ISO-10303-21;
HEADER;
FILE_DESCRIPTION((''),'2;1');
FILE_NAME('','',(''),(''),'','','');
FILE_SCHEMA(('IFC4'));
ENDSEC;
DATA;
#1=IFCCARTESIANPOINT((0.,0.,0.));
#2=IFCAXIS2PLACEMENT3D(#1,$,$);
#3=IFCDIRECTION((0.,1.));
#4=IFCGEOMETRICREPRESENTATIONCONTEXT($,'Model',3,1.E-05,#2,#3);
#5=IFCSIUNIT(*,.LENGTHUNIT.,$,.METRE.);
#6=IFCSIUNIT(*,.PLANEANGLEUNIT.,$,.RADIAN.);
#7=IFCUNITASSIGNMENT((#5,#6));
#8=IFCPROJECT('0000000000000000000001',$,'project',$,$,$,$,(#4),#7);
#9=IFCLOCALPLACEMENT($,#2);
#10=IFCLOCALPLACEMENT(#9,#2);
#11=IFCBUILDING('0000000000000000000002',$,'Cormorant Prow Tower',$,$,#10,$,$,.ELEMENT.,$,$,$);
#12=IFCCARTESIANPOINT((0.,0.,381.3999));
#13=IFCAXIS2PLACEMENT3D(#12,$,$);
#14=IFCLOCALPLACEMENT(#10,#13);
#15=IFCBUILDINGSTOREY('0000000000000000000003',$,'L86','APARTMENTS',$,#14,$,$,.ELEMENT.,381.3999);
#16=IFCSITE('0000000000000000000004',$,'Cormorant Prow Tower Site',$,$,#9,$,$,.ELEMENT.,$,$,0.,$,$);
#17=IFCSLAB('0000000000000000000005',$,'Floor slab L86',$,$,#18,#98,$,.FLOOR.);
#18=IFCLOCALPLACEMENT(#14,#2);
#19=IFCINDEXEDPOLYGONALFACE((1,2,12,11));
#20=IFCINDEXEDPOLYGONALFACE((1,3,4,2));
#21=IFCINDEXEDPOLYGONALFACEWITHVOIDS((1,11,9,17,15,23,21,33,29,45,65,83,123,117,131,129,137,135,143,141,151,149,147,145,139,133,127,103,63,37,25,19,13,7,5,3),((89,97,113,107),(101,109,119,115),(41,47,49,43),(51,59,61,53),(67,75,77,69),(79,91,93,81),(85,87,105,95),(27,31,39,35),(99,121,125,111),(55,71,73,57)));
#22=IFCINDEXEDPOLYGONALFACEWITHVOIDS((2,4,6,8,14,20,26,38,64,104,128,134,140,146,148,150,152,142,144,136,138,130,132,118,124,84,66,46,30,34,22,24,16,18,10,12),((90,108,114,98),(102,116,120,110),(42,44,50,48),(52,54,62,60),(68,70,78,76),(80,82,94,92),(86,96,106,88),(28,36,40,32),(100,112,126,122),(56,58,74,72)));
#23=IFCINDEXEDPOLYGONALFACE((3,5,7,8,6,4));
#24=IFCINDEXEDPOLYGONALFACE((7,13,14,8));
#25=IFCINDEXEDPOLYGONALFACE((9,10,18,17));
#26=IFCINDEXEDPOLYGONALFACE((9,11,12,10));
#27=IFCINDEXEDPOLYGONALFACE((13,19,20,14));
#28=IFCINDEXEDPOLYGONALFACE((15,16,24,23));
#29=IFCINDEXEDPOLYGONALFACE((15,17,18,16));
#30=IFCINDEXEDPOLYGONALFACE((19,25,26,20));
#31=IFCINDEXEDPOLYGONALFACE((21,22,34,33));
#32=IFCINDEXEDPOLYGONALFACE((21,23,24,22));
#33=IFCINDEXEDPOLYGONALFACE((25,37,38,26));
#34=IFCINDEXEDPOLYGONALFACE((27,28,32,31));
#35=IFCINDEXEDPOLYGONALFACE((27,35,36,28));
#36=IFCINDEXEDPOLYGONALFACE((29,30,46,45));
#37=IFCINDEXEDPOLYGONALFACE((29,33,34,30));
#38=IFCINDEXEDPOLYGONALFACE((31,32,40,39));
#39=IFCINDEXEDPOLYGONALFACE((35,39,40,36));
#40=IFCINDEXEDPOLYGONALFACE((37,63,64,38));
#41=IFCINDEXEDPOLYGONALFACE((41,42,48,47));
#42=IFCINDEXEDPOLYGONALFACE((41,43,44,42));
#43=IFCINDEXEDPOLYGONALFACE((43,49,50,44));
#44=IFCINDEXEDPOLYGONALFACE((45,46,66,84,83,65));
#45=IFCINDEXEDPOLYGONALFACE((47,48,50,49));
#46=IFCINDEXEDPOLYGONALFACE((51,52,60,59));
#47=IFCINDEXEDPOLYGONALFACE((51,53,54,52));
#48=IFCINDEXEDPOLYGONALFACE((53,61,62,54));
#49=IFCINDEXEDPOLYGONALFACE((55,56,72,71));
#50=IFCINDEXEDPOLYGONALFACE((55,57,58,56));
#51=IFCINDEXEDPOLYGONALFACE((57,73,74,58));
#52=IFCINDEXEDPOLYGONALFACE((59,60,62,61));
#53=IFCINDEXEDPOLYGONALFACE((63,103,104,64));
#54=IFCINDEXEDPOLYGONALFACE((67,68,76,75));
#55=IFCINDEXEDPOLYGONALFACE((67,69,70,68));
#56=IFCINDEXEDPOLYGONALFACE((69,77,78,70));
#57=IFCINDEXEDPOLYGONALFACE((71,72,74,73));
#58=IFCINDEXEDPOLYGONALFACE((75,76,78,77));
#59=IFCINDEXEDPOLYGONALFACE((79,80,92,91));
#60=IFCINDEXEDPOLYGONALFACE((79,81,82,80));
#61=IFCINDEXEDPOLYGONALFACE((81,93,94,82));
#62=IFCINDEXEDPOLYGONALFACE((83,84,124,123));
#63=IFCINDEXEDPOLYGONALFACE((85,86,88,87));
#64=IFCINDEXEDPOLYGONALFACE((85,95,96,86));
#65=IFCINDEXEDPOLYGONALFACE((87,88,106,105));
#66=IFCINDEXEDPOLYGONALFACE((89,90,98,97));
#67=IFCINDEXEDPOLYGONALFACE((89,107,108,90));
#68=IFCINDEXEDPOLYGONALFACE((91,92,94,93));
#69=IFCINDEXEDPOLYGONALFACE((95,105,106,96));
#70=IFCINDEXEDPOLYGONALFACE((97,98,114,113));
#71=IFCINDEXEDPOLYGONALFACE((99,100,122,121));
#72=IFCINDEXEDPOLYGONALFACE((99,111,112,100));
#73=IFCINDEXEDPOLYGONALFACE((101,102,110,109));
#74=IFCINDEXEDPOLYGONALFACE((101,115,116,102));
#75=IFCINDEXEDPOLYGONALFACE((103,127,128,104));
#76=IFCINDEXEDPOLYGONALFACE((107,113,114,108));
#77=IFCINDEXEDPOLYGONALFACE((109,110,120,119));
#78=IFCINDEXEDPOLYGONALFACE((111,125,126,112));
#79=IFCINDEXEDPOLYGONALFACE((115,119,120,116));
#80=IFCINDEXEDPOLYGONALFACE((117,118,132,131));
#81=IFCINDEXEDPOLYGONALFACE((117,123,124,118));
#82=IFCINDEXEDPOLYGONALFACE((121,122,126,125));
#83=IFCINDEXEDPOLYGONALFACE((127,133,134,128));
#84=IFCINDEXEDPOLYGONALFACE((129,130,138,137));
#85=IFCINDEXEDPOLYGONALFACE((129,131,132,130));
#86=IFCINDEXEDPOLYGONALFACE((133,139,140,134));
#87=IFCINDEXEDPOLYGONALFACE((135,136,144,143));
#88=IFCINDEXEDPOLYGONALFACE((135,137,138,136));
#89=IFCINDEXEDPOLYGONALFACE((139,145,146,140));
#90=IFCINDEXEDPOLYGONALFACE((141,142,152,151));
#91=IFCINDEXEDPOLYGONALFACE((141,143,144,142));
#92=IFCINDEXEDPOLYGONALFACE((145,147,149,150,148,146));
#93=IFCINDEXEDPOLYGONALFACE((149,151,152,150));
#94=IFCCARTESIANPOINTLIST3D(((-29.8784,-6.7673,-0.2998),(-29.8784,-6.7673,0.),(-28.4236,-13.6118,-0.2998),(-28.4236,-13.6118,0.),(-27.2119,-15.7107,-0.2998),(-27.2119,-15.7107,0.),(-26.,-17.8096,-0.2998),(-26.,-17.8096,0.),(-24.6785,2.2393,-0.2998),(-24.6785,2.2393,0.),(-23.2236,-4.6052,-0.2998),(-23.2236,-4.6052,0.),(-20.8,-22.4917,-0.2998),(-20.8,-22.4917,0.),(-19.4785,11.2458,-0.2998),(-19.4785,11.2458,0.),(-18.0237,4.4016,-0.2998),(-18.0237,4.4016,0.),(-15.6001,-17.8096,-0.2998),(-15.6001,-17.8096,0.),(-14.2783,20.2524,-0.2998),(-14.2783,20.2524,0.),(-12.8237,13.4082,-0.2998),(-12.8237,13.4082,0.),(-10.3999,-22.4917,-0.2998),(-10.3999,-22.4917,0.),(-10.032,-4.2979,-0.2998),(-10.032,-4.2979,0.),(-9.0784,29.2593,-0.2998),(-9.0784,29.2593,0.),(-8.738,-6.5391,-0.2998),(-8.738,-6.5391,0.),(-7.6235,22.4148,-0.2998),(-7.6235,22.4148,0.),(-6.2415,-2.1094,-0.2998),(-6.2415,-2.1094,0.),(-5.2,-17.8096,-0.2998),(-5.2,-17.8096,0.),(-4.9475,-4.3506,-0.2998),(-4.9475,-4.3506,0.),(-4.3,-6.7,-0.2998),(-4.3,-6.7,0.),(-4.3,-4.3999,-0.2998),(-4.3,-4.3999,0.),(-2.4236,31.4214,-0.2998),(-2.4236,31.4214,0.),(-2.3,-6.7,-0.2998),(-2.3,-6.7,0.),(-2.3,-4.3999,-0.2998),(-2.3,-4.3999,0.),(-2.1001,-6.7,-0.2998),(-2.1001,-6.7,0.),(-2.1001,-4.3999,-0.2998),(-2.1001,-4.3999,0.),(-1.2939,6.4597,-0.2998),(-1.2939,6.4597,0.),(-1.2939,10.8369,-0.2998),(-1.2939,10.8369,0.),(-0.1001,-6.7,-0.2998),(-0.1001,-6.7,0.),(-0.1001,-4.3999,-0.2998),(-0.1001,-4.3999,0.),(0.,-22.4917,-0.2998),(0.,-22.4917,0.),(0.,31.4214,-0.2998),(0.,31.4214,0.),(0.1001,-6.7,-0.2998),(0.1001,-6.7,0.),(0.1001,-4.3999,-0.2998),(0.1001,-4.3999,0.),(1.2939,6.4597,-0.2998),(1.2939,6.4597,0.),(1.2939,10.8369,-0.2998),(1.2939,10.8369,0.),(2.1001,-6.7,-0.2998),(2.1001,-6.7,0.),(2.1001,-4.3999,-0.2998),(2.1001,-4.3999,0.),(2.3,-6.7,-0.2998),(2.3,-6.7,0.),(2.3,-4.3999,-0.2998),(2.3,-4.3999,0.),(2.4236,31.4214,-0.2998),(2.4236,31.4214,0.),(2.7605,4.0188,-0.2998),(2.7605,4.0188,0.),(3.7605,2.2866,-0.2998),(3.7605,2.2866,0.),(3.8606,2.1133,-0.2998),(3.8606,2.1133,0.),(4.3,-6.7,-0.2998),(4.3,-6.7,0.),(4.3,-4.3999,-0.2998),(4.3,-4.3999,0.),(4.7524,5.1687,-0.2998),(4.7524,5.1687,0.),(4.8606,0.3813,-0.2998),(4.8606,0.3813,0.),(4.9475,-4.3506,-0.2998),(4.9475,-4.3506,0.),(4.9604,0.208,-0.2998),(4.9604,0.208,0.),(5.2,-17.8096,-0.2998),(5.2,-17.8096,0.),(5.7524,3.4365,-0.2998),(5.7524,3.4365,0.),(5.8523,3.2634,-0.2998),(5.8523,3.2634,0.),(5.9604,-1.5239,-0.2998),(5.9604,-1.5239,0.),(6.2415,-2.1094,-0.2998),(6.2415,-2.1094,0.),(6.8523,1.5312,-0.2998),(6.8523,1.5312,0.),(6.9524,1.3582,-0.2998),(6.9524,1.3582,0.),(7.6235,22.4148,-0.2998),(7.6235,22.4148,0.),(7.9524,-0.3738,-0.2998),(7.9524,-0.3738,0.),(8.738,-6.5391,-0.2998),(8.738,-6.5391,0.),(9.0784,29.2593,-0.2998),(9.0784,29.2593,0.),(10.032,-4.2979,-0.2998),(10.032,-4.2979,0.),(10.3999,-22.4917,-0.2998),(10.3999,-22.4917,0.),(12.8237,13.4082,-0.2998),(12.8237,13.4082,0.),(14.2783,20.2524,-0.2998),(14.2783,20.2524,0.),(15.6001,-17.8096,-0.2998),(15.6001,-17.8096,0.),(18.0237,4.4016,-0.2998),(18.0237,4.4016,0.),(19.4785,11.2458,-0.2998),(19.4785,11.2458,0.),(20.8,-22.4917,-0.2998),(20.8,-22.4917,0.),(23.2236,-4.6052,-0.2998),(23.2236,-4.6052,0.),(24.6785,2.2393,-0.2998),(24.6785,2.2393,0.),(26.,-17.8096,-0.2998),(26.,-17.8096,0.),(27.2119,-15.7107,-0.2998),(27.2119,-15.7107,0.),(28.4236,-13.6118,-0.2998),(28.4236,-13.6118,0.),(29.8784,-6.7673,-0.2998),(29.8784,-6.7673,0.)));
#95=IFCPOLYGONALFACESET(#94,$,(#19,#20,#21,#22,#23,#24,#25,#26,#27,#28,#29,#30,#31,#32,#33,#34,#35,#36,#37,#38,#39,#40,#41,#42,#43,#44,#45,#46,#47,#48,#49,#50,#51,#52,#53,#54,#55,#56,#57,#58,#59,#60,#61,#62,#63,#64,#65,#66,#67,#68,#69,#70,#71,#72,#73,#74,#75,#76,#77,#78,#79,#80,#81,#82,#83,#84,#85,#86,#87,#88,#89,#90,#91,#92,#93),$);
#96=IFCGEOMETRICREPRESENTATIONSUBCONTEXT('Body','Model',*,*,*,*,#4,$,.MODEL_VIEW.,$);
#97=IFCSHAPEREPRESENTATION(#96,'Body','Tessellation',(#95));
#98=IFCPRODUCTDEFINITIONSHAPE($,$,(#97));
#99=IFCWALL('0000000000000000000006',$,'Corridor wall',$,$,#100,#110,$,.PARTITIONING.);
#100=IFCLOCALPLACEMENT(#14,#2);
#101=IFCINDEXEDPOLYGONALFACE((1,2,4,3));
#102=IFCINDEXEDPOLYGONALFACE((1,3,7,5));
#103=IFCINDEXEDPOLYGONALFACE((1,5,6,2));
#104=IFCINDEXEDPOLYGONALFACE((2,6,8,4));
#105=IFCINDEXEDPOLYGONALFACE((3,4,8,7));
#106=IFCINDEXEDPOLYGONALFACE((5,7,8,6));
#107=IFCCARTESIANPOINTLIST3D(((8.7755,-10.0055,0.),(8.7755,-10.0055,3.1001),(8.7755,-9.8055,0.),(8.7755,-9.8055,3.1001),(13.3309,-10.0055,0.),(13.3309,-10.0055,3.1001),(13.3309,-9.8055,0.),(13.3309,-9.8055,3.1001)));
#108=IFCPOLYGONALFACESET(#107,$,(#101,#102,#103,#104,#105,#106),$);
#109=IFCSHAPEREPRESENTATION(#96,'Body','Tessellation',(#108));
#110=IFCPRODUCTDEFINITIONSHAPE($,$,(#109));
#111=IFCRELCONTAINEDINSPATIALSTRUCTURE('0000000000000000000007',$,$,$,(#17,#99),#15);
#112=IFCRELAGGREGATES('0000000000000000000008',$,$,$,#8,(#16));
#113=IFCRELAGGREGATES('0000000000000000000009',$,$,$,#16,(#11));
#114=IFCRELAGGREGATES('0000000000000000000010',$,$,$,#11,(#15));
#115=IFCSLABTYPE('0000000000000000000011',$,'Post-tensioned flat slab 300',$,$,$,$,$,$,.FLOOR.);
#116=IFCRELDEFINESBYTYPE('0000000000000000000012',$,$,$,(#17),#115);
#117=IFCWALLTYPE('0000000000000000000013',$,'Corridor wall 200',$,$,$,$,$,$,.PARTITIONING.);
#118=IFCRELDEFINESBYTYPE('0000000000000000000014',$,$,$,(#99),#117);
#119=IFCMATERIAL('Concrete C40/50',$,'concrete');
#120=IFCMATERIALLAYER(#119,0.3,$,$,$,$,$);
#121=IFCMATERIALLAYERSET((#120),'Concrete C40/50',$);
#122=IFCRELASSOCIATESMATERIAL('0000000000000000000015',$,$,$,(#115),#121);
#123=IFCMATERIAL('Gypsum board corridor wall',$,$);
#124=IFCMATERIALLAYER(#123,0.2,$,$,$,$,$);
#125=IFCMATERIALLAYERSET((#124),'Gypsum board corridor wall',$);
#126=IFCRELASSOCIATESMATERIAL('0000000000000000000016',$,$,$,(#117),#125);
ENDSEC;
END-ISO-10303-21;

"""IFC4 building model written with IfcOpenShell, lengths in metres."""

from ifc_helpers import new_model, si_unit, direction, frame, frame_2d, origin, place, context, subcontext, project, spatial, polyline, rectangle, outline, extrude, material, layer, layer_set, type_object, element, save


model = new_model("IFC4")

# Units and contexts
model_context = context("Model", 3, precision=1e-05, world=origin(), true_north=direction((0.0, 1.0)))
body_context = subcontext(model_context, "Body", "Model", "MODEL_VIEW")
ifc_project = project(units=[si_unit("LENGTHUNIT", "METRE"), si_unit("PLANEANGLEUNIT", "RADIAN")], contexts=[model_context])

# Site, building, storey
site_placement = place(None, origin())
site = spatial("IfcSite", under=ifc_project, at=site_placement, Name="Cormorant Prow Tower Site", CompositionType="ELEMENT", RefElevation=0.0)
building_placement = place(site_placement, origin())
building = spatial("IfcBuilding", under=site, at=building_placement, Name="Cormorant Prow Tower", CompositionType="ELEMENT")
storey_placement = place(building_placement, frame((0.0, 0.0, 381.3999)))
storey = spatial("IfcBuildingStorey", under=building, at=storey_placement, Name="L86", Description="APARTMENTS", CompositionType="ELEMENT", Elevation=381.3999)

# Slab
ifc_material_1 = material(Name="Concrete C40/50", Category="concrete")
ifc_layer_1 = layer(ifc_material_1, 0.3)
ifc_layer_set_1 = layer_set([ifc_layer_1], Name="Concrete C40/50")
slab_type_1 = type_object("IfcSlabType", Name="Post-tensioned flat slab 300", PredefinedType="FLOOR", material=ifc_layer_set_1)
slab_1_placement = place(storey_placement, frame((0.0, 0.0, -0.2998)))
element("IfcSlab", 1, at=slab_1_placement, inside=storey, type_object=slab_type_1, Name="Floor slab L86", PredefinedType="FLOOR", context=body_context, shape_type="SweptSolid", body=[
    extrude(outline(polyline([(-7.6235, 22.4148), (-14.2783, 20.2524), (-12.8237, 13.4082), (-19.4785, 11.2458), (-18.0237, 4.4016), (-24.6785, 2.2393), (-23.2236, -4.6052), (-29.8784, -6.7673), (-28.4236, -13.6118), (-27.2119, -15.7107), (-26.0, -17.8096), (-20.8, -22.4917), (-15.6001, -17.8096), (-10.3999, -22.4917), (-5.2, -17.8096), (0.0, -22.4917), (5.2, -17.8096), (10.3999, -22.4917), (15.6001, -17.8096), (20.8, -22.4917), (26.0, -17.8096), (27.2119, -15.7107), (28.4236, -13.6118), (29.8784, -6.7673), (23.2236, -4.6052), (24.6785, 2.2393), (18.0237, 4.4016), (19.4785, 11.2458), (12.8237, 13.4082), (14.2783, 20.2524), (7.6235, 22.4148), (9.0784, 29.2593), (2.4236, 31.4214), (0.0, 31.4214), (-2.4236, 31.4214), (-9.0784, 29.2593), (-7.6235, 22.4148)]), holes=[polyline([(-4.3, -4.3999), (-2.3, -4.3999), (-2.3, -6.7), (-4.3, -6.7), (-4.3, -4.3999)]), polyline([(-0.1001, -4.3999), (-0.1001, -6.7), (-2.1001, -6.7), (-2.1001, -4.3999), (-0.1001, -4.3999)]), polyline([(2.1001, -6.7), (0.1001, -6.7), (0.1001, -4.3999), (2.1001, -4.3999), (2.1001, -6.7)]), polyline([(2.3, -6.7), (2.3, -4.3999), (4.3, -4.3999), (4.3, -6.7), (2.3, -6.7)]), polyline([(5.9604, -1.5239), (4.9604, 0.208), (6.9524, 1.3582), (7.9524, -0.3738), (5.9604, -1.5239)]), polyline([(3.8606, 2.1133), (5.8523, 3.2634), (6.8523, 1.5312), (4.8606, 0.3813), (3.8606, 2.1133)]), polyline([(4.7524, 5.1687), (5.7524, 3.4365), (3.7605, 2.2866), (2.7605, 4.0188), (4.7524, 5.1687)]), polyline([(-4.9475, -4.3506), (-8.738, -6.5391), (-10.032, -4.2979), (-6.2415, -2.1094), (-4.9475, -4.3506)]), polyline([(10.032, -4.2979), (8.738, -6.5391), (4.9475, -4.3506), (6.2415, -2.1094), (10.032, -4.2979)]), polyline([(1.2939, 10.8369), (1.2939, 6.4597), (-1.2939, 6.4597), (-1.2939, 10.8369), (1.2939, 10.8369)])]), origin(), (0.0, 0.0, 1.0), 0.2998),
])

# Wall
ifc_material_2 = material(Name="Gypsum board corridor wall")
ifc_layer_2 = layer(ifc_material_2, 0.2)
ifc_layer_set_2 = layer_set([ifc_layer_2], Name="Gypsum board corridor wall")
wall_type_1 = type_object("IfcWallType", Name="Corridor wall 200", PredefinedType="PARTITIONING", material=ifc_layer_set_2)
wall_1_placement = place(storey_placement, frame((8.7754, -9.9055, 0.0), z_axis=(0.0, 0.0, 1.0), x_axis=(1.0, 0.0, 0.0)))
element("IfcWall", 2, at=wall_1_placement, inside=storey, type_object=wall_type_1, Name="Corridor wall", PredefinedType="PARTITIONING", context=body_context, shape_type="SweptSolid", body=[
    extrude(rectangle(XDim=4.5554, YDim=0.2, at=frame_2d((2.2778, 0.0))), origin(), (0.0, 0.0, 1.0), 3.1001),
])

save(model, "model.ifc")
